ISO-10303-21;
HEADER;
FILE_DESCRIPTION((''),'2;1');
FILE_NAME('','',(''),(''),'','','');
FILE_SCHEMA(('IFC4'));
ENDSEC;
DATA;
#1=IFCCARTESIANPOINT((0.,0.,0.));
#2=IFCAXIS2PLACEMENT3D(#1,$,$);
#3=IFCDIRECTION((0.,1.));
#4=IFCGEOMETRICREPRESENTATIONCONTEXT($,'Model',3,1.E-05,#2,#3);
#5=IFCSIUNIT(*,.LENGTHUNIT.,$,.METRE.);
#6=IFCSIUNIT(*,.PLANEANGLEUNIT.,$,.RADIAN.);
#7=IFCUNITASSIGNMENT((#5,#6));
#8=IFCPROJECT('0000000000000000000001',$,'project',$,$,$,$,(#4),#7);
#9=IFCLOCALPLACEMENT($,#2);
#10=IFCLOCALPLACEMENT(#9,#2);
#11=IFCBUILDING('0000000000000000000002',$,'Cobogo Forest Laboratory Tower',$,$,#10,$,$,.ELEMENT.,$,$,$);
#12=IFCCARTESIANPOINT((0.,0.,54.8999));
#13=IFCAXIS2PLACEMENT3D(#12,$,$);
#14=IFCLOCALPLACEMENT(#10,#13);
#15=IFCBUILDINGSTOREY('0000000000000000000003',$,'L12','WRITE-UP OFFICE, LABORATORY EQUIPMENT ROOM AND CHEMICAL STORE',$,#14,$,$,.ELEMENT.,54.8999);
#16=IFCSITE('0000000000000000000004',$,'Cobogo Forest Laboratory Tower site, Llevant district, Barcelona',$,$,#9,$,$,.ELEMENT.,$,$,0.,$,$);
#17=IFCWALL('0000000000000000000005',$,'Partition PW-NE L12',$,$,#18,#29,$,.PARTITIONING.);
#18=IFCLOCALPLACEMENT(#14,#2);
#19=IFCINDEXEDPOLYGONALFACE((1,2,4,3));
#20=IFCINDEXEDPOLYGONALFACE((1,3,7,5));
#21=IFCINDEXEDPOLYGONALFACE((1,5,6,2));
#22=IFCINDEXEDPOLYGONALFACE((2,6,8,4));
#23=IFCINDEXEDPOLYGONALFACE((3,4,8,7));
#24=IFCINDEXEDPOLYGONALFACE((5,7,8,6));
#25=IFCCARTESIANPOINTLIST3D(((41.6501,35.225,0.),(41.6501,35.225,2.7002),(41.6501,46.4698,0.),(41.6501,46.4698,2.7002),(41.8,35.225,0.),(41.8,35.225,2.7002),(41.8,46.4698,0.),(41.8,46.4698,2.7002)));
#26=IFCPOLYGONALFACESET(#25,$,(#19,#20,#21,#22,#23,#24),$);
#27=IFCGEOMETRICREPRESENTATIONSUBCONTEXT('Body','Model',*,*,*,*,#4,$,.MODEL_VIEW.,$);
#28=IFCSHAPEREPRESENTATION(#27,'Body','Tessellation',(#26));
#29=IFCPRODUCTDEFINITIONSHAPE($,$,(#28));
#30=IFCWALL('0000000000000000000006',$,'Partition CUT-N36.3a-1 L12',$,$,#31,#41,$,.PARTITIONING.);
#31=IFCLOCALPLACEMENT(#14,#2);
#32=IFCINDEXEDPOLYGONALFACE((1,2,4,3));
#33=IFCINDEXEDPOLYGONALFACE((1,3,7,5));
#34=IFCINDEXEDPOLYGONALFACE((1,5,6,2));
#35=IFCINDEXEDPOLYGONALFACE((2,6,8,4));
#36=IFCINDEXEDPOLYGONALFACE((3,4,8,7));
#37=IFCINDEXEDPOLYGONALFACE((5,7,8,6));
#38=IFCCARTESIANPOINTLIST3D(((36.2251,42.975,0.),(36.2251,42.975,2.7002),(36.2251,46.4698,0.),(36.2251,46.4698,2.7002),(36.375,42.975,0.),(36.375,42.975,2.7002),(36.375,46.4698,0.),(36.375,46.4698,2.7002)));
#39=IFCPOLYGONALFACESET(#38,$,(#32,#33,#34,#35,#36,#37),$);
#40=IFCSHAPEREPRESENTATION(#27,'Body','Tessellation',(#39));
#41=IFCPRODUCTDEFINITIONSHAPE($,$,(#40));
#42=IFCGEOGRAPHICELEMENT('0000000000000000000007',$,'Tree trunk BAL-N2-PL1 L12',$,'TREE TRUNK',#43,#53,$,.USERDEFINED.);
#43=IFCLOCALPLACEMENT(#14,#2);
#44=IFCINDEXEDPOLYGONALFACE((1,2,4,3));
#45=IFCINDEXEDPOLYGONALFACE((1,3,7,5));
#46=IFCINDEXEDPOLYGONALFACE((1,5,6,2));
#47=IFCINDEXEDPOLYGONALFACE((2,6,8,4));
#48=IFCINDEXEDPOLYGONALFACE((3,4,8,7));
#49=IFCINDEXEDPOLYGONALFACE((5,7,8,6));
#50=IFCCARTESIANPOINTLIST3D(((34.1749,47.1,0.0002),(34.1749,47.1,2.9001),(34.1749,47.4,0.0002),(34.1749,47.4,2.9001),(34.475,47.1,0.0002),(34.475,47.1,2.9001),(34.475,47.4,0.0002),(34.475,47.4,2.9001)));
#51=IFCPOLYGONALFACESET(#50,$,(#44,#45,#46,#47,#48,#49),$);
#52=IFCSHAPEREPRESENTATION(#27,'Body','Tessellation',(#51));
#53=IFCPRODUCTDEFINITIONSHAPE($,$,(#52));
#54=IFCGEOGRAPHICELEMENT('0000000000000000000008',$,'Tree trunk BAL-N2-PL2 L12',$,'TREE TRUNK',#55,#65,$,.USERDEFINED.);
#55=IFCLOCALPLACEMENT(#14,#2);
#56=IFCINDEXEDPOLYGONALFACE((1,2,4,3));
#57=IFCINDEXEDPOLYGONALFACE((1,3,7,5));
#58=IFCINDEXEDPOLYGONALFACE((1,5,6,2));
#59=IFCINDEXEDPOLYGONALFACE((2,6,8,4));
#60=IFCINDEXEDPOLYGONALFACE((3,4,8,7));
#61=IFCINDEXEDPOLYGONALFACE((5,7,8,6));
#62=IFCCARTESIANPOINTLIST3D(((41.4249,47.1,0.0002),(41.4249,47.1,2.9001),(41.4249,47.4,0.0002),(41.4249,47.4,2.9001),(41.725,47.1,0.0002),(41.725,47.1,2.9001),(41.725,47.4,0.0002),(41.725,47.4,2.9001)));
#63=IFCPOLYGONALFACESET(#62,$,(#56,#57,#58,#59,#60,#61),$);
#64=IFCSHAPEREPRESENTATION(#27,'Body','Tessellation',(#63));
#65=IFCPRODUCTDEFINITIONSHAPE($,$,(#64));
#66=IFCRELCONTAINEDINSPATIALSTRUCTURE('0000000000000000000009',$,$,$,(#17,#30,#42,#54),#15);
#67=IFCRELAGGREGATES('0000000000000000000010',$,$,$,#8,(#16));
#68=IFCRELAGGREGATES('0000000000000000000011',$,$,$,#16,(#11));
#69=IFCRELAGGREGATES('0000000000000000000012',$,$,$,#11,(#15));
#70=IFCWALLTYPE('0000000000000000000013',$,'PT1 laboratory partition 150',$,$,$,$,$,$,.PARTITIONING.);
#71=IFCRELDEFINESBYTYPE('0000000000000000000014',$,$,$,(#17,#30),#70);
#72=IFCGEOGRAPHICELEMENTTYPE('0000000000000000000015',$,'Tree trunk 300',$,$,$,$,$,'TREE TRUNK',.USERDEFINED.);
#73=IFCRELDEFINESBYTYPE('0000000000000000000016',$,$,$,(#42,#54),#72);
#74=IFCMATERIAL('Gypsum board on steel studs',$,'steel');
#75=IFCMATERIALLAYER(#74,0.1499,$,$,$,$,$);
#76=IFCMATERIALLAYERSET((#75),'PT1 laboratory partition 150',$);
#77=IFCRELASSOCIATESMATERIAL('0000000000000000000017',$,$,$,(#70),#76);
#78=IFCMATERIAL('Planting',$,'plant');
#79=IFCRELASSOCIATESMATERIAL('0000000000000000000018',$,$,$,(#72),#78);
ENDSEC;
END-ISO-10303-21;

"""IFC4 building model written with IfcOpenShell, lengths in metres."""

from ifc_helpers import new_model, si_unit, direction, frame, frame_2d, origin, origin_2d, place, context, subcontext, project, spatial, rectangle, extrude, material, layer, layer_set, type_object, element, save


model = new_model("IFC4")

# Units and contexts
model_context = context("Model", 3, precision=1e-05, world=origin(), true_north=direction((0.0, 1.0)))
body_context = subcontext(model_context, "Body", "Model", "MODEL_VIEW")
ifc_project = project(units=[si_unit("LENGTHUNIT", "METRE"), si_unit("PLANEANGLEUNIT", "RADIAN")], contexts=[model_context])

# Site, building, storey
site_placement = place(None, origin())
site = spatial("IfcSite", under=ifc_project, at=site_placement, Name="Cobogo Forest Laboratory Tower site, Llevant district, Barcelona", CompositionType="ELEMENT", RefElevation=0.0)
building_placement = place(site_placement, origin())
building = spatial("IfcBuilding", under=site, at=building_placement, Name="Cobogo Forest Laboratory Tower", CompositionType="ELEMENT")
storey_placement = place(building_placement, frame((0.0, 0.0, 54.8999)))
storey = spatial("IfcBuildingStorey", under=building, at=storey_placement, Name="L12", Description="WRITE-UP OFFICE, LABORATORY EQUIPMENT ROOM AND CHEMICAL STORE", CompositionType="ELEMENT", Elevation=54.8999)

# Walls
ifc_material_1 = material(Name="Gypsum board on steel studs", Category="steel")
ifc_layer_1 = layer(ifc_material_1, 0.1499)
ifc_layer_set_1 = layer_set([ifc_layer_1], Name="PT1 laboratory partition 150")
wall_type_1 = type_object("IfcWallType", Name="PT1 laboratory partition 150", PredefinedType="PARTITIONING", material=ifc_layer_set_1)
wall_1_placement = place(storey_placement, frame((41.7251, 46.47, 0.0), z_axis=(0.0, 0.0, 1.0), x_axis=(0.0, -1.0, 0.0)))
element("IfcWall", 1, at=wall_1_placement, inside=storey, type_object=wall_type_1, Name="Partition PW-NE L12", PredefinedType="PARTITIONING", context=body_context, shape_type="SweptSolid", body=[
    extrude(rectangle(XDim=11.2449, YDim=0.1499, at=frame_2d((5.6226, 0.0))), origin(), (0.0, 0.0, 1.0), 2.7002),
])
wall_2_placement = place(storey_placement, frame((36.3, 46.47, 0.0), z_axis=(0.0, 0.0, 1.0), x_axis=(0.0, -1.0, 0.0)))
element("IfcWall", 2, at=wall_2_placement, inside=storey, type_object=wall_type_1, Name="Partition CUT-N36.3a-1 L12", PredefinedType="PARTITIONING", context=body_context, shape_type="SweptSolid", body=[
    extrude(rectangle(XDim=3.4949, YDim=0.1499, at=frame_2d((1.7476, 0.0))), origin(), (0.0, 0.0, 1.0), 2.7002),
])

# Geographic elements
ifc_material_2 = material(Name="Planting", Category="plant")
geographic_element_type = type_object("IfcGeographicElementType", Name="Tree trunk 300", ElementType="TREE TRUNK", PredefinedType="USERDEFINED", material=ifc_material_2)
for number, where, z_axis, x_axis, name in (
    (3, (34.325, 47.25, 0.0002), (0.0, 0.0, 1.0), (1.0, 0.0, 0.0), "Tree trunk BAL-N2-PL1 L12"),
    (4, (41.575, 47.25, 0.0002), (0.0, 0.0, 1.0), (1.0, 0.0, 0.0), "Tree trunk BAL-N2-PL2 L12"),
):
    element("IfcGeographicElement", number, at=place(storey_placement, frame(where, z_axis=z_axis, x_axis=x_axis)), inside=storey, type_object=geographic_element_type, Name=name, ObjectType="TREE TRUNK", PredefinedType="USERDEFINED", context=body_context, shape_type="SweptSolid", body=[
        extrude(rectangle(XDim=0.3, YDim=0.3, at=origin_2d()), origin(), (0.0, 0.0, 1.0), 2.8999),
    ])

save(model, "model.ifc")
